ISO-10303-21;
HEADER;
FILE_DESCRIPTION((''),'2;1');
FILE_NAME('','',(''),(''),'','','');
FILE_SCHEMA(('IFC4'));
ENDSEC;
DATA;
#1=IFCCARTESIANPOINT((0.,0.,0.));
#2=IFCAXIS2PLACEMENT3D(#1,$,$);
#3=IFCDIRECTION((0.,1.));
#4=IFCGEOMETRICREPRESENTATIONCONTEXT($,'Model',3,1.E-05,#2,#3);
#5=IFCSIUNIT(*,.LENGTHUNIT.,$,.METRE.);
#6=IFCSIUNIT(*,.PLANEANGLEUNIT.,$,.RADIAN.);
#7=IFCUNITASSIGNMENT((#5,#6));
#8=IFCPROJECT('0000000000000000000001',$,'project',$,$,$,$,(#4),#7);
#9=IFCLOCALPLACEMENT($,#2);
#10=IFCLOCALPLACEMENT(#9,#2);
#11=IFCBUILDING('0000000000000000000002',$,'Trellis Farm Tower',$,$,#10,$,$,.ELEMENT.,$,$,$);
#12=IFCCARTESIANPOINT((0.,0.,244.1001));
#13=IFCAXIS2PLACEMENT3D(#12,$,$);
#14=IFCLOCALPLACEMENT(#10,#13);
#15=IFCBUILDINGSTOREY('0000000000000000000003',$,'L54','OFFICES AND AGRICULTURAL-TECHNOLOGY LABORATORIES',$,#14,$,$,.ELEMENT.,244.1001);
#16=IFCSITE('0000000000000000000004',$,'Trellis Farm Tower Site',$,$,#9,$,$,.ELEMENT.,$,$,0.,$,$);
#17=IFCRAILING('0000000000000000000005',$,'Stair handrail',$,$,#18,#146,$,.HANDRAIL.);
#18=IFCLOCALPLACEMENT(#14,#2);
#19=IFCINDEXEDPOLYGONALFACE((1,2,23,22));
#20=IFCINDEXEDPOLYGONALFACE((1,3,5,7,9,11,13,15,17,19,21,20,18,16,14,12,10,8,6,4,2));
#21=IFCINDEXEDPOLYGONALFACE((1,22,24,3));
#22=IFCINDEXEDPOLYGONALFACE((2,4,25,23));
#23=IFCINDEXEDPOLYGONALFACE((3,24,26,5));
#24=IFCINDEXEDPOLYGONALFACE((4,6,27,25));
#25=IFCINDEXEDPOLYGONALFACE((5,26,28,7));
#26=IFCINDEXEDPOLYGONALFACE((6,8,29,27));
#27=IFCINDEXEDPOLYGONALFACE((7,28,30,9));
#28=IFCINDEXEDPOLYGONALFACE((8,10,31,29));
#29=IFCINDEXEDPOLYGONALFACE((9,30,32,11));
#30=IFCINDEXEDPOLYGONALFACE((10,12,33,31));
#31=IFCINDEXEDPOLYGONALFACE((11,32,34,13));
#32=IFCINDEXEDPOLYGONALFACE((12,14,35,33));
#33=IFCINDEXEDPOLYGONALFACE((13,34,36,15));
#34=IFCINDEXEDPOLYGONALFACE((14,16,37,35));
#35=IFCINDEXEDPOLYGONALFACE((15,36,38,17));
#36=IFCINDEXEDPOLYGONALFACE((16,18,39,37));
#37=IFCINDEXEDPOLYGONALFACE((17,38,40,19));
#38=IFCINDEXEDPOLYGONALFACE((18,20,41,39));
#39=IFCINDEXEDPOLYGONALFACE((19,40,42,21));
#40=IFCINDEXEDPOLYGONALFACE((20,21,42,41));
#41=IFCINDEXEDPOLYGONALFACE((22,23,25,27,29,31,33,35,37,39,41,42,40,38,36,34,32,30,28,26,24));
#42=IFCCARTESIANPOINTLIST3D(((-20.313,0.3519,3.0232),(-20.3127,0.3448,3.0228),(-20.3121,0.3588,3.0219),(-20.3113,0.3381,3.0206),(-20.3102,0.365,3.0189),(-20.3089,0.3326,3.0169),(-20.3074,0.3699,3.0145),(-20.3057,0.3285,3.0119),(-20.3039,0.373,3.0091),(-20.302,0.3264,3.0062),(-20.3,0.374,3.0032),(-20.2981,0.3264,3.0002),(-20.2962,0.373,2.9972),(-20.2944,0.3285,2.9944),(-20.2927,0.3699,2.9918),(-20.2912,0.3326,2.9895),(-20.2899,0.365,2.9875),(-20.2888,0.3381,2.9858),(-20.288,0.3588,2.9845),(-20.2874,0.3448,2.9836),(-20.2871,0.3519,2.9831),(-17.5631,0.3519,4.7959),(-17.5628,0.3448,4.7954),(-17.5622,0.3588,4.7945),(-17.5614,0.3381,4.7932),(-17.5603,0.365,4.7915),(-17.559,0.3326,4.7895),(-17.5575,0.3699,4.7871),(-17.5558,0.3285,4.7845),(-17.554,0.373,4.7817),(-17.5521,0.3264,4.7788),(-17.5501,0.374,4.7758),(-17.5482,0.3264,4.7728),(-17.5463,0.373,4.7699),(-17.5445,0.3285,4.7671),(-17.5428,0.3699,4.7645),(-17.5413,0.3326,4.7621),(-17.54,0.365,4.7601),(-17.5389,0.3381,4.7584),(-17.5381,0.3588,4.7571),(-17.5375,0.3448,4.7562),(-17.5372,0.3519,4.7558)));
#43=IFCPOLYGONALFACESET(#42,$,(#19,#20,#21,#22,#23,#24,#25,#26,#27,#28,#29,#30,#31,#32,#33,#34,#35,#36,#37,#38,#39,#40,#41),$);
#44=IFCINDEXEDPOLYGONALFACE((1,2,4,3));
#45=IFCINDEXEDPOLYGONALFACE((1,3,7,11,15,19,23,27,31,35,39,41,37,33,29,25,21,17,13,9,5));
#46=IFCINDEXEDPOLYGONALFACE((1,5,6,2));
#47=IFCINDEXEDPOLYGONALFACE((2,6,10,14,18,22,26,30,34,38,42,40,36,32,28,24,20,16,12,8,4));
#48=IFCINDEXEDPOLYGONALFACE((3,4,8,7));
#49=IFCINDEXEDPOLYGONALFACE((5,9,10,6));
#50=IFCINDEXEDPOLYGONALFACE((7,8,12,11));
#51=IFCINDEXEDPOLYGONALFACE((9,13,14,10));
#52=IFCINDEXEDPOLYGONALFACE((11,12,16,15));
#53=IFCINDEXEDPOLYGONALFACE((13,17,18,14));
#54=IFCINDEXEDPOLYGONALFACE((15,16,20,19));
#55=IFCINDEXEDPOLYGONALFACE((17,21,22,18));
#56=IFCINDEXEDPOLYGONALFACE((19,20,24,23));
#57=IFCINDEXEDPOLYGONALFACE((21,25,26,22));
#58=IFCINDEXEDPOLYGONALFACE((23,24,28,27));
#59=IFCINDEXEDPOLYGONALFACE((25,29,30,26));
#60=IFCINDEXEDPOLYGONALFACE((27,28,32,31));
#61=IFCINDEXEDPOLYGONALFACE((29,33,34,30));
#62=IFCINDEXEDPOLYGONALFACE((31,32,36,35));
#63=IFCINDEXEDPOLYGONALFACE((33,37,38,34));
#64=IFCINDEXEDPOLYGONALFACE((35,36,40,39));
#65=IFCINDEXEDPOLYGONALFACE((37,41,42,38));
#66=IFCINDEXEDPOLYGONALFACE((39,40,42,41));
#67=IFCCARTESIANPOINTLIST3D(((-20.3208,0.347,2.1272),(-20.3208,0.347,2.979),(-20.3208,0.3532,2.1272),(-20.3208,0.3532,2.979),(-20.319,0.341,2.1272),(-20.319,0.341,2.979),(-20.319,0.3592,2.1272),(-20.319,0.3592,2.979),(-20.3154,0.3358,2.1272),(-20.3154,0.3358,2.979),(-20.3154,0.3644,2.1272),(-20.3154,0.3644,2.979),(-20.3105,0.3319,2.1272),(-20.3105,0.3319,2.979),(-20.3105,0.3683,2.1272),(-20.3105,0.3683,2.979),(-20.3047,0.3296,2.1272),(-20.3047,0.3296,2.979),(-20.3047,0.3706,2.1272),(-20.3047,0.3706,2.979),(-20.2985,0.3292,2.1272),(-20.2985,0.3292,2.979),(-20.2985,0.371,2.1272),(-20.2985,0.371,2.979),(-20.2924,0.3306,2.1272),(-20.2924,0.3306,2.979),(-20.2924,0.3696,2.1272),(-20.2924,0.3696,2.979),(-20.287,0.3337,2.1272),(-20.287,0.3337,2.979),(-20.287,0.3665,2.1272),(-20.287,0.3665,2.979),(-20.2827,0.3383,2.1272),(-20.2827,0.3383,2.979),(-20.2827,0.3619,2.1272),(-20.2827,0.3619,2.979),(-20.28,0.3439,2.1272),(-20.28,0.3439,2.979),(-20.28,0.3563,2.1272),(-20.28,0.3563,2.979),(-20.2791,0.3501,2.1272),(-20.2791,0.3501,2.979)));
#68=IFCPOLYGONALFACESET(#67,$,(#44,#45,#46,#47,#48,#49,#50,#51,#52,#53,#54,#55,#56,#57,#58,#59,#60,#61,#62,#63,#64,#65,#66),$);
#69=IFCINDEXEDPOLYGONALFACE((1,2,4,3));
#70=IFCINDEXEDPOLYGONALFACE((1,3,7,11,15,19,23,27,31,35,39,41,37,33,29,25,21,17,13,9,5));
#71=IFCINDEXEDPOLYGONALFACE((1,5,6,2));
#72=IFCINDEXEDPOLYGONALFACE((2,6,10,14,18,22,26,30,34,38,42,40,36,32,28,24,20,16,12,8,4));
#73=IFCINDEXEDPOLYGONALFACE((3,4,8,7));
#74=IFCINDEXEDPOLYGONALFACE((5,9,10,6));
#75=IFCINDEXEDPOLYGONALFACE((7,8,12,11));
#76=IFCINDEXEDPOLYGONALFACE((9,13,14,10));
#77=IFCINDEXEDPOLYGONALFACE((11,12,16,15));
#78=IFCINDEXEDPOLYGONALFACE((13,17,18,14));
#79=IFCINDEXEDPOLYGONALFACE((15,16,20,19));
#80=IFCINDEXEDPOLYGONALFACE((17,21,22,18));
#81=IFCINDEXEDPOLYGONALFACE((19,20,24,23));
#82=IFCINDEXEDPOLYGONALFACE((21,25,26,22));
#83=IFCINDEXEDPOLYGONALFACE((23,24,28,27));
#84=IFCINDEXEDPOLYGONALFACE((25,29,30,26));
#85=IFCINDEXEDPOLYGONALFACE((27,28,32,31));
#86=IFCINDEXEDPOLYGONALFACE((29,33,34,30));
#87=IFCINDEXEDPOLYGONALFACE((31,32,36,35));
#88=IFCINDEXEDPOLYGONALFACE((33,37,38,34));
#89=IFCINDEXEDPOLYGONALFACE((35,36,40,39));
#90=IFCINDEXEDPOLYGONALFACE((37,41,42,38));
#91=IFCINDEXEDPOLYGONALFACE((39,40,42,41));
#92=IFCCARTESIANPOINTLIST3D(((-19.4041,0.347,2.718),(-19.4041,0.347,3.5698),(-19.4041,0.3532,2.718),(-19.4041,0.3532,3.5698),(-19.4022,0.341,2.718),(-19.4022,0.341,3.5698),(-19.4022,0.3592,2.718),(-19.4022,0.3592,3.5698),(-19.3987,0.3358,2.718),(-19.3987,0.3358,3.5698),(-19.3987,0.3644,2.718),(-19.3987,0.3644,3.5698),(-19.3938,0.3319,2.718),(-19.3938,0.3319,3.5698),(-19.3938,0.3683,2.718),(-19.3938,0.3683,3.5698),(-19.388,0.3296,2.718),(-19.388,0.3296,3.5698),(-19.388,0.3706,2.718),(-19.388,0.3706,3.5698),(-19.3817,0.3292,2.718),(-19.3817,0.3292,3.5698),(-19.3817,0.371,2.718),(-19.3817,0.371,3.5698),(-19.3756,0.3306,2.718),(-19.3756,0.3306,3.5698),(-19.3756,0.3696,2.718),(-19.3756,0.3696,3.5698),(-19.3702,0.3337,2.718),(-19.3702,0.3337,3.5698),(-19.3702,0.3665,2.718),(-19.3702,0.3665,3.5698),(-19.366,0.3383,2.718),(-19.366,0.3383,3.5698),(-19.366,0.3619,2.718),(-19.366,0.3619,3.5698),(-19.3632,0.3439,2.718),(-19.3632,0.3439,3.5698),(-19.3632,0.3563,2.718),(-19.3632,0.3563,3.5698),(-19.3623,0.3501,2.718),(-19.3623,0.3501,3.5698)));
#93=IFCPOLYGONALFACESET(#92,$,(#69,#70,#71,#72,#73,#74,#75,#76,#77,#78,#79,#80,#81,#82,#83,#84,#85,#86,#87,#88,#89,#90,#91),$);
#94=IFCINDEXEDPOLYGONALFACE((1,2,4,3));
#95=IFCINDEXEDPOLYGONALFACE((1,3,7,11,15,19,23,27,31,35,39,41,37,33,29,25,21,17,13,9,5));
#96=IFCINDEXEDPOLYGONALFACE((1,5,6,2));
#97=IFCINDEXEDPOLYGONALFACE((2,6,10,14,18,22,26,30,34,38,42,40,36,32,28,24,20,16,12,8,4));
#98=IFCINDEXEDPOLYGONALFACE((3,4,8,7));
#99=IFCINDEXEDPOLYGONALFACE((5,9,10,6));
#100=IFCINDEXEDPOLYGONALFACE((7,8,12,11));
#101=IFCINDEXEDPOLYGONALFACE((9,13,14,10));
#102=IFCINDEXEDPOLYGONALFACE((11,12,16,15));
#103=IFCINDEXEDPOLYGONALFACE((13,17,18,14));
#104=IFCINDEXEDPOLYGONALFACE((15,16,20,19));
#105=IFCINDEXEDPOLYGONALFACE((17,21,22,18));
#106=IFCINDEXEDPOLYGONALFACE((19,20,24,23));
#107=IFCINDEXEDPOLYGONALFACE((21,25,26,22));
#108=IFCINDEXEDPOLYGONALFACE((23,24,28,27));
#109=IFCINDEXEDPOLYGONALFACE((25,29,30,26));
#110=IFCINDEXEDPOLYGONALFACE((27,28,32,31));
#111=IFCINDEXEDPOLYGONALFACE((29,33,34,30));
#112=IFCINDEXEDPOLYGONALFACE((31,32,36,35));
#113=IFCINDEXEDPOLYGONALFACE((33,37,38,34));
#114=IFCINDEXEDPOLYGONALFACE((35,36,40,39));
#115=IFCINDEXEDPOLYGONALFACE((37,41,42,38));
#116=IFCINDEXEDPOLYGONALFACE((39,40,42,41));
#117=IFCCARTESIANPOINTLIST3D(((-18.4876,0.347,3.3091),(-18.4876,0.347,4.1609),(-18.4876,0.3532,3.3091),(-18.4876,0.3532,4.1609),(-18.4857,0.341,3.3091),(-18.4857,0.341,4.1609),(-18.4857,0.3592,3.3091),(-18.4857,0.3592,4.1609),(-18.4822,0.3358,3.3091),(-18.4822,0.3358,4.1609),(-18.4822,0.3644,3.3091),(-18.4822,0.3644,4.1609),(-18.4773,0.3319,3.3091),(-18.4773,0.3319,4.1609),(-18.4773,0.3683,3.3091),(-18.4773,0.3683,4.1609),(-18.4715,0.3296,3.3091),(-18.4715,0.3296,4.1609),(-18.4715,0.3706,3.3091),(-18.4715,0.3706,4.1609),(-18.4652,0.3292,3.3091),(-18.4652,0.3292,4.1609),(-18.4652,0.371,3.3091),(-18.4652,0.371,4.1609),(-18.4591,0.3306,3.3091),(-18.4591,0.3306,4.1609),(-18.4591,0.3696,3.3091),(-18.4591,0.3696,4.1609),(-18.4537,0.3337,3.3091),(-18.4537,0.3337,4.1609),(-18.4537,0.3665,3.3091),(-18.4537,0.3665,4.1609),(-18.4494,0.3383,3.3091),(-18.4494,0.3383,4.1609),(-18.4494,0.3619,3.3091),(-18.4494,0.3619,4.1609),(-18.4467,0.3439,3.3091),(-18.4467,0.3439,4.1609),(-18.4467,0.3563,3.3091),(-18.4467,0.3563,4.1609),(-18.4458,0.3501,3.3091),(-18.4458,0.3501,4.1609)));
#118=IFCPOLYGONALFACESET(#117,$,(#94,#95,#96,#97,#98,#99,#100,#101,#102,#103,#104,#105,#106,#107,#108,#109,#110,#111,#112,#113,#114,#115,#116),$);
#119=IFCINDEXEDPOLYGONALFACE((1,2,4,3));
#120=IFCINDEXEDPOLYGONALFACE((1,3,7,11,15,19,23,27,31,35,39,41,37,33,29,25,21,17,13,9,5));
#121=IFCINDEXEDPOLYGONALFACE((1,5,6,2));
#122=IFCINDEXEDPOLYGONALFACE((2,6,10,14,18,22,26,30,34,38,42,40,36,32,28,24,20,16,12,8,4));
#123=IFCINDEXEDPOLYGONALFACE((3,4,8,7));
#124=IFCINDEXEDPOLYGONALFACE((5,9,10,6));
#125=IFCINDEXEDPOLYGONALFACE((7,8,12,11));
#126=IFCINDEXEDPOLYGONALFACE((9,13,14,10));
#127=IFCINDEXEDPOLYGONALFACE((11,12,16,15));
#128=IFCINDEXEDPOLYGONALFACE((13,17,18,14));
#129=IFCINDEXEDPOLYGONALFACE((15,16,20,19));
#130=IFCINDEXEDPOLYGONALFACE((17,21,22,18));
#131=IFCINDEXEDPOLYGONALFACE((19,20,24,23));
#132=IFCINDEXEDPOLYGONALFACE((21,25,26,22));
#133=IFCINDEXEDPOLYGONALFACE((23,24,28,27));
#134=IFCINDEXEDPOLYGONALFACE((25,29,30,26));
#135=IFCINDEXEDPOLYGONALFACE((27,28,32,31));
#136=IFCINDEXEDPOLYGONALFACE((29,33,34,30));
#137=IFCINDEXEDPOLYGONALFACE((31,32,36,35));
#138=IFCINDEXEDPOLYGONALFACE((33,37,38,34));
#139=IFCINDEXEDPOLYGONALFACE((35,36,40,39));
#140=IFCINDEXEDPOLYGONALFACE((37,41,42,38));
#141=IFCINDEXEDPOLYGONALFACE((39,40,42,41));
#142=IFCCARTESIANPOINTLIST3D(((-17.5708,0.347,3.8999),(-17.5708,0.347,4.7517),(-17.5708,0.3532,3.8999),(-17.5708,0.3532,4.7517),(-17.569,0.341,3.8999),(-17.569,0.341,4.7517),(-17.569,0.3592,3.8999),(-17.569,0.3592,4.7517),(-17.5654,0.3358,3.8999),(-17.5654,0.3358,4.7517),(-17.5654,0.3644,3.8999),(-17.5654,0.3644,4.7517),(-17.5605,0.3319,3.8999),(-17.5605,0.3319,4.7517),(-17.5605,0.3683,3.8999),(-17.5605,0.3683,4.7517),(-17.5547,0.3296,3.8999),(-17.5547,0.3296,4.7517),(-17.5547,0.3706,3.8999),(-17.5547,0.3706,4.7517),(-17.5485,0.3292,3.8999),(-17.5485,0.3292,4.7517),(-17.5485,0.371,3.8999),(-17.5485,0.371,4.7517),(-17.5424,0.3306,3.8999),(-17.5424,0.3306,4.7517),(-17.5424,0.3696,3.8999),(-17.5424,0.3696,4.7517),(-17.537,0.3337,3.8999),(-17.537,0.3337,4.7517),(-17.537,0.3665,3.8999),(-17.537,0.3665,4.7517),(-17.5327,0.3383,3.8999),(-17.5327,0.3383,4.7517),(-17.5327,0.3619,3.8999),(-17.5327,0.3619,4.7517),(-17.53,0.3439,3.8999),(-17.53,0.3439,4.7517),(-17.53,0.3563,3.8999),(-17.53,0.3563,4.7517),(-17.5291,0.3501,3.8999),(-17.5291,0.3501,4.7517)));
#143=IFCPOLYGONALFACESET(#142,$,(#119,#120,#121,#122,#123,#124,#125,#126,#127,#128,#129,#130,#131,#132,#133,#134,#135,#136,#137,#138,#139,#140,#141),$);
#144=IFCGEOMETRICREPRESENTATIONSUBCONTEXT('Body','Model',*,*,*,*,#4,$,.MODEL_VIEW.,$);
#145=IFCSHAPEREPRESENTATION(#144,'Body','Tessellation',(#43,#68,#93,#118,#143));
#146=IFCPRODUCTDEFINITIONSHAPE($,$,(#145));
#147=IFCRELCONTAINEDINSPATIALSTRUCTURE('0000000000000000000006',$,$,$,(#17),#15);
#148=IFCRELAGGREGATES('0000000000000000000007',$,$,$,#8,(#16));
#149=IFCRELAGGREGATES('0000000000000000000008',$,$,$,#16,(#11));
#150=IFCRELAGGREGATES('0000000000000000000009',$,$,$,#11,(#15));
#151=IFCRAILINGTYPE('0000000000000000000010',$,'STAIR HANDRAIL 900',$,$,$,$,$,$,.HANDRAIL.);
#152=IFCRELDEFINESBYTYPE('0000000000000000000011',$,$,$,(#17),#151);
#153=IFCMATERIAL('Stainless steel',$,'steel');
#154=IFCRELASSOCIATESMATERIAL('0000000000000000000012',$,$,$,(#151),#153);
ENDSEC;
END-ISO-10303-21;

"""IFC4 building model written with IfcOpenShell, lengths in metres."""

from ifc_helpers import new_model, si_unit, direction, frame, origin, origin_2d, place, context, subcontext, project, spatial, circle, extrude, source, transform, mapped, material, type_object, element, save


model = new_model("IFC4")

# Units and contexts
model_context = context("Model", 3, precision=1e-05, world=origin(), true_north=direction((0.0, 1.0)))
body_context = subcontext(model_context, "Body", "Model", "MODEL_VIEW")
ifc_project = project(units=[si_unit("LENGTHUNIT", "METRE"), si_unit("PLANEANGLEUNIT", "RADIAN")], contexts=[model_context])

# Site, building, storey
site_placement = place(None, origin())
site = spatial("IfcSite", under=ifc_project, at=site_placement, Name="Trellis Farm Tower Site", CompositionType="ELEMENT", RefElevation=0.0)
building_placement = place(site_placement, origin())
building = spatial("IfcBuilding", under=site, at=building_placement, Name="Trellis Farm Tower", CompositionType="ELEMENT")
storey_placement = place(building_placement, frame((0.0, 0.0, 244.1001)))
storey = spatial("IfcBuildingStorey", under=building, at=storey_placement, Name="L54", Description="OFFICES AND AGRICULTURAL-TECHNOLOGY LABORATORIES", CompositionType="ELEMENT", Elevation=244.1001)

# Railing
ifc_material_1 = material(Name="Stainless steel", Category="steel")
railing_type = type_object("IfcRailingType", Name="STAIR HANDRAIL 900", PredefinedType="HANDRAIL", material=ifc_material_1)
shared_shape_1 = source(origin(), body_context, "Body", "SweptSolid", [
    extrude(circle(Radius=0.0239, at=origin_2d()), frame((0.0, 0.0, 0.876), z_axis=(0.840504, 0.0, 0.541806), x_axis=(0.0, 1.0, 0.0)), (0.0, 0.0, 1.0), 3.2717),
    extrude(circle(Radius=0.021, at=origin_2d()), origin(), (0.0, 0.0, 1.0), 0.8518),
    extrude(circle(Radius=0.021, at=origin_2d()), frame((0.9167, 0.0, 0.5908)), (0.0, 0.0, 1.0), 0.8518),
    extrude(circle(Radius=0.021, at=origin_2d()), frame((1.8333, 0.0, 1.1819)), (0.0, 0.0, 1.0), 0.8518),
    extrude(circle(Radius=0.021, at=origin_2d()), frame((2.75, 0.0, 1.7727)), (0.0, 0.0, 1.0), 0.8518),
])
for number, where, name in (
    (1, (-20.3, 0.3501, 2.1272), "Stair handrail"),
):
    element("IfcRailing", number, at=place(storey_placement, frame(where)), inside=storey, type_object=railing_type, Name=name, PredefinedType="HANDRAIL", context=body_context, shape_type="MappedRepresentation", body=[
        mapped(shared_shape_1, transform((0.0, 0.0, 0.0))),
    ])

save(model, "model.ifc")
